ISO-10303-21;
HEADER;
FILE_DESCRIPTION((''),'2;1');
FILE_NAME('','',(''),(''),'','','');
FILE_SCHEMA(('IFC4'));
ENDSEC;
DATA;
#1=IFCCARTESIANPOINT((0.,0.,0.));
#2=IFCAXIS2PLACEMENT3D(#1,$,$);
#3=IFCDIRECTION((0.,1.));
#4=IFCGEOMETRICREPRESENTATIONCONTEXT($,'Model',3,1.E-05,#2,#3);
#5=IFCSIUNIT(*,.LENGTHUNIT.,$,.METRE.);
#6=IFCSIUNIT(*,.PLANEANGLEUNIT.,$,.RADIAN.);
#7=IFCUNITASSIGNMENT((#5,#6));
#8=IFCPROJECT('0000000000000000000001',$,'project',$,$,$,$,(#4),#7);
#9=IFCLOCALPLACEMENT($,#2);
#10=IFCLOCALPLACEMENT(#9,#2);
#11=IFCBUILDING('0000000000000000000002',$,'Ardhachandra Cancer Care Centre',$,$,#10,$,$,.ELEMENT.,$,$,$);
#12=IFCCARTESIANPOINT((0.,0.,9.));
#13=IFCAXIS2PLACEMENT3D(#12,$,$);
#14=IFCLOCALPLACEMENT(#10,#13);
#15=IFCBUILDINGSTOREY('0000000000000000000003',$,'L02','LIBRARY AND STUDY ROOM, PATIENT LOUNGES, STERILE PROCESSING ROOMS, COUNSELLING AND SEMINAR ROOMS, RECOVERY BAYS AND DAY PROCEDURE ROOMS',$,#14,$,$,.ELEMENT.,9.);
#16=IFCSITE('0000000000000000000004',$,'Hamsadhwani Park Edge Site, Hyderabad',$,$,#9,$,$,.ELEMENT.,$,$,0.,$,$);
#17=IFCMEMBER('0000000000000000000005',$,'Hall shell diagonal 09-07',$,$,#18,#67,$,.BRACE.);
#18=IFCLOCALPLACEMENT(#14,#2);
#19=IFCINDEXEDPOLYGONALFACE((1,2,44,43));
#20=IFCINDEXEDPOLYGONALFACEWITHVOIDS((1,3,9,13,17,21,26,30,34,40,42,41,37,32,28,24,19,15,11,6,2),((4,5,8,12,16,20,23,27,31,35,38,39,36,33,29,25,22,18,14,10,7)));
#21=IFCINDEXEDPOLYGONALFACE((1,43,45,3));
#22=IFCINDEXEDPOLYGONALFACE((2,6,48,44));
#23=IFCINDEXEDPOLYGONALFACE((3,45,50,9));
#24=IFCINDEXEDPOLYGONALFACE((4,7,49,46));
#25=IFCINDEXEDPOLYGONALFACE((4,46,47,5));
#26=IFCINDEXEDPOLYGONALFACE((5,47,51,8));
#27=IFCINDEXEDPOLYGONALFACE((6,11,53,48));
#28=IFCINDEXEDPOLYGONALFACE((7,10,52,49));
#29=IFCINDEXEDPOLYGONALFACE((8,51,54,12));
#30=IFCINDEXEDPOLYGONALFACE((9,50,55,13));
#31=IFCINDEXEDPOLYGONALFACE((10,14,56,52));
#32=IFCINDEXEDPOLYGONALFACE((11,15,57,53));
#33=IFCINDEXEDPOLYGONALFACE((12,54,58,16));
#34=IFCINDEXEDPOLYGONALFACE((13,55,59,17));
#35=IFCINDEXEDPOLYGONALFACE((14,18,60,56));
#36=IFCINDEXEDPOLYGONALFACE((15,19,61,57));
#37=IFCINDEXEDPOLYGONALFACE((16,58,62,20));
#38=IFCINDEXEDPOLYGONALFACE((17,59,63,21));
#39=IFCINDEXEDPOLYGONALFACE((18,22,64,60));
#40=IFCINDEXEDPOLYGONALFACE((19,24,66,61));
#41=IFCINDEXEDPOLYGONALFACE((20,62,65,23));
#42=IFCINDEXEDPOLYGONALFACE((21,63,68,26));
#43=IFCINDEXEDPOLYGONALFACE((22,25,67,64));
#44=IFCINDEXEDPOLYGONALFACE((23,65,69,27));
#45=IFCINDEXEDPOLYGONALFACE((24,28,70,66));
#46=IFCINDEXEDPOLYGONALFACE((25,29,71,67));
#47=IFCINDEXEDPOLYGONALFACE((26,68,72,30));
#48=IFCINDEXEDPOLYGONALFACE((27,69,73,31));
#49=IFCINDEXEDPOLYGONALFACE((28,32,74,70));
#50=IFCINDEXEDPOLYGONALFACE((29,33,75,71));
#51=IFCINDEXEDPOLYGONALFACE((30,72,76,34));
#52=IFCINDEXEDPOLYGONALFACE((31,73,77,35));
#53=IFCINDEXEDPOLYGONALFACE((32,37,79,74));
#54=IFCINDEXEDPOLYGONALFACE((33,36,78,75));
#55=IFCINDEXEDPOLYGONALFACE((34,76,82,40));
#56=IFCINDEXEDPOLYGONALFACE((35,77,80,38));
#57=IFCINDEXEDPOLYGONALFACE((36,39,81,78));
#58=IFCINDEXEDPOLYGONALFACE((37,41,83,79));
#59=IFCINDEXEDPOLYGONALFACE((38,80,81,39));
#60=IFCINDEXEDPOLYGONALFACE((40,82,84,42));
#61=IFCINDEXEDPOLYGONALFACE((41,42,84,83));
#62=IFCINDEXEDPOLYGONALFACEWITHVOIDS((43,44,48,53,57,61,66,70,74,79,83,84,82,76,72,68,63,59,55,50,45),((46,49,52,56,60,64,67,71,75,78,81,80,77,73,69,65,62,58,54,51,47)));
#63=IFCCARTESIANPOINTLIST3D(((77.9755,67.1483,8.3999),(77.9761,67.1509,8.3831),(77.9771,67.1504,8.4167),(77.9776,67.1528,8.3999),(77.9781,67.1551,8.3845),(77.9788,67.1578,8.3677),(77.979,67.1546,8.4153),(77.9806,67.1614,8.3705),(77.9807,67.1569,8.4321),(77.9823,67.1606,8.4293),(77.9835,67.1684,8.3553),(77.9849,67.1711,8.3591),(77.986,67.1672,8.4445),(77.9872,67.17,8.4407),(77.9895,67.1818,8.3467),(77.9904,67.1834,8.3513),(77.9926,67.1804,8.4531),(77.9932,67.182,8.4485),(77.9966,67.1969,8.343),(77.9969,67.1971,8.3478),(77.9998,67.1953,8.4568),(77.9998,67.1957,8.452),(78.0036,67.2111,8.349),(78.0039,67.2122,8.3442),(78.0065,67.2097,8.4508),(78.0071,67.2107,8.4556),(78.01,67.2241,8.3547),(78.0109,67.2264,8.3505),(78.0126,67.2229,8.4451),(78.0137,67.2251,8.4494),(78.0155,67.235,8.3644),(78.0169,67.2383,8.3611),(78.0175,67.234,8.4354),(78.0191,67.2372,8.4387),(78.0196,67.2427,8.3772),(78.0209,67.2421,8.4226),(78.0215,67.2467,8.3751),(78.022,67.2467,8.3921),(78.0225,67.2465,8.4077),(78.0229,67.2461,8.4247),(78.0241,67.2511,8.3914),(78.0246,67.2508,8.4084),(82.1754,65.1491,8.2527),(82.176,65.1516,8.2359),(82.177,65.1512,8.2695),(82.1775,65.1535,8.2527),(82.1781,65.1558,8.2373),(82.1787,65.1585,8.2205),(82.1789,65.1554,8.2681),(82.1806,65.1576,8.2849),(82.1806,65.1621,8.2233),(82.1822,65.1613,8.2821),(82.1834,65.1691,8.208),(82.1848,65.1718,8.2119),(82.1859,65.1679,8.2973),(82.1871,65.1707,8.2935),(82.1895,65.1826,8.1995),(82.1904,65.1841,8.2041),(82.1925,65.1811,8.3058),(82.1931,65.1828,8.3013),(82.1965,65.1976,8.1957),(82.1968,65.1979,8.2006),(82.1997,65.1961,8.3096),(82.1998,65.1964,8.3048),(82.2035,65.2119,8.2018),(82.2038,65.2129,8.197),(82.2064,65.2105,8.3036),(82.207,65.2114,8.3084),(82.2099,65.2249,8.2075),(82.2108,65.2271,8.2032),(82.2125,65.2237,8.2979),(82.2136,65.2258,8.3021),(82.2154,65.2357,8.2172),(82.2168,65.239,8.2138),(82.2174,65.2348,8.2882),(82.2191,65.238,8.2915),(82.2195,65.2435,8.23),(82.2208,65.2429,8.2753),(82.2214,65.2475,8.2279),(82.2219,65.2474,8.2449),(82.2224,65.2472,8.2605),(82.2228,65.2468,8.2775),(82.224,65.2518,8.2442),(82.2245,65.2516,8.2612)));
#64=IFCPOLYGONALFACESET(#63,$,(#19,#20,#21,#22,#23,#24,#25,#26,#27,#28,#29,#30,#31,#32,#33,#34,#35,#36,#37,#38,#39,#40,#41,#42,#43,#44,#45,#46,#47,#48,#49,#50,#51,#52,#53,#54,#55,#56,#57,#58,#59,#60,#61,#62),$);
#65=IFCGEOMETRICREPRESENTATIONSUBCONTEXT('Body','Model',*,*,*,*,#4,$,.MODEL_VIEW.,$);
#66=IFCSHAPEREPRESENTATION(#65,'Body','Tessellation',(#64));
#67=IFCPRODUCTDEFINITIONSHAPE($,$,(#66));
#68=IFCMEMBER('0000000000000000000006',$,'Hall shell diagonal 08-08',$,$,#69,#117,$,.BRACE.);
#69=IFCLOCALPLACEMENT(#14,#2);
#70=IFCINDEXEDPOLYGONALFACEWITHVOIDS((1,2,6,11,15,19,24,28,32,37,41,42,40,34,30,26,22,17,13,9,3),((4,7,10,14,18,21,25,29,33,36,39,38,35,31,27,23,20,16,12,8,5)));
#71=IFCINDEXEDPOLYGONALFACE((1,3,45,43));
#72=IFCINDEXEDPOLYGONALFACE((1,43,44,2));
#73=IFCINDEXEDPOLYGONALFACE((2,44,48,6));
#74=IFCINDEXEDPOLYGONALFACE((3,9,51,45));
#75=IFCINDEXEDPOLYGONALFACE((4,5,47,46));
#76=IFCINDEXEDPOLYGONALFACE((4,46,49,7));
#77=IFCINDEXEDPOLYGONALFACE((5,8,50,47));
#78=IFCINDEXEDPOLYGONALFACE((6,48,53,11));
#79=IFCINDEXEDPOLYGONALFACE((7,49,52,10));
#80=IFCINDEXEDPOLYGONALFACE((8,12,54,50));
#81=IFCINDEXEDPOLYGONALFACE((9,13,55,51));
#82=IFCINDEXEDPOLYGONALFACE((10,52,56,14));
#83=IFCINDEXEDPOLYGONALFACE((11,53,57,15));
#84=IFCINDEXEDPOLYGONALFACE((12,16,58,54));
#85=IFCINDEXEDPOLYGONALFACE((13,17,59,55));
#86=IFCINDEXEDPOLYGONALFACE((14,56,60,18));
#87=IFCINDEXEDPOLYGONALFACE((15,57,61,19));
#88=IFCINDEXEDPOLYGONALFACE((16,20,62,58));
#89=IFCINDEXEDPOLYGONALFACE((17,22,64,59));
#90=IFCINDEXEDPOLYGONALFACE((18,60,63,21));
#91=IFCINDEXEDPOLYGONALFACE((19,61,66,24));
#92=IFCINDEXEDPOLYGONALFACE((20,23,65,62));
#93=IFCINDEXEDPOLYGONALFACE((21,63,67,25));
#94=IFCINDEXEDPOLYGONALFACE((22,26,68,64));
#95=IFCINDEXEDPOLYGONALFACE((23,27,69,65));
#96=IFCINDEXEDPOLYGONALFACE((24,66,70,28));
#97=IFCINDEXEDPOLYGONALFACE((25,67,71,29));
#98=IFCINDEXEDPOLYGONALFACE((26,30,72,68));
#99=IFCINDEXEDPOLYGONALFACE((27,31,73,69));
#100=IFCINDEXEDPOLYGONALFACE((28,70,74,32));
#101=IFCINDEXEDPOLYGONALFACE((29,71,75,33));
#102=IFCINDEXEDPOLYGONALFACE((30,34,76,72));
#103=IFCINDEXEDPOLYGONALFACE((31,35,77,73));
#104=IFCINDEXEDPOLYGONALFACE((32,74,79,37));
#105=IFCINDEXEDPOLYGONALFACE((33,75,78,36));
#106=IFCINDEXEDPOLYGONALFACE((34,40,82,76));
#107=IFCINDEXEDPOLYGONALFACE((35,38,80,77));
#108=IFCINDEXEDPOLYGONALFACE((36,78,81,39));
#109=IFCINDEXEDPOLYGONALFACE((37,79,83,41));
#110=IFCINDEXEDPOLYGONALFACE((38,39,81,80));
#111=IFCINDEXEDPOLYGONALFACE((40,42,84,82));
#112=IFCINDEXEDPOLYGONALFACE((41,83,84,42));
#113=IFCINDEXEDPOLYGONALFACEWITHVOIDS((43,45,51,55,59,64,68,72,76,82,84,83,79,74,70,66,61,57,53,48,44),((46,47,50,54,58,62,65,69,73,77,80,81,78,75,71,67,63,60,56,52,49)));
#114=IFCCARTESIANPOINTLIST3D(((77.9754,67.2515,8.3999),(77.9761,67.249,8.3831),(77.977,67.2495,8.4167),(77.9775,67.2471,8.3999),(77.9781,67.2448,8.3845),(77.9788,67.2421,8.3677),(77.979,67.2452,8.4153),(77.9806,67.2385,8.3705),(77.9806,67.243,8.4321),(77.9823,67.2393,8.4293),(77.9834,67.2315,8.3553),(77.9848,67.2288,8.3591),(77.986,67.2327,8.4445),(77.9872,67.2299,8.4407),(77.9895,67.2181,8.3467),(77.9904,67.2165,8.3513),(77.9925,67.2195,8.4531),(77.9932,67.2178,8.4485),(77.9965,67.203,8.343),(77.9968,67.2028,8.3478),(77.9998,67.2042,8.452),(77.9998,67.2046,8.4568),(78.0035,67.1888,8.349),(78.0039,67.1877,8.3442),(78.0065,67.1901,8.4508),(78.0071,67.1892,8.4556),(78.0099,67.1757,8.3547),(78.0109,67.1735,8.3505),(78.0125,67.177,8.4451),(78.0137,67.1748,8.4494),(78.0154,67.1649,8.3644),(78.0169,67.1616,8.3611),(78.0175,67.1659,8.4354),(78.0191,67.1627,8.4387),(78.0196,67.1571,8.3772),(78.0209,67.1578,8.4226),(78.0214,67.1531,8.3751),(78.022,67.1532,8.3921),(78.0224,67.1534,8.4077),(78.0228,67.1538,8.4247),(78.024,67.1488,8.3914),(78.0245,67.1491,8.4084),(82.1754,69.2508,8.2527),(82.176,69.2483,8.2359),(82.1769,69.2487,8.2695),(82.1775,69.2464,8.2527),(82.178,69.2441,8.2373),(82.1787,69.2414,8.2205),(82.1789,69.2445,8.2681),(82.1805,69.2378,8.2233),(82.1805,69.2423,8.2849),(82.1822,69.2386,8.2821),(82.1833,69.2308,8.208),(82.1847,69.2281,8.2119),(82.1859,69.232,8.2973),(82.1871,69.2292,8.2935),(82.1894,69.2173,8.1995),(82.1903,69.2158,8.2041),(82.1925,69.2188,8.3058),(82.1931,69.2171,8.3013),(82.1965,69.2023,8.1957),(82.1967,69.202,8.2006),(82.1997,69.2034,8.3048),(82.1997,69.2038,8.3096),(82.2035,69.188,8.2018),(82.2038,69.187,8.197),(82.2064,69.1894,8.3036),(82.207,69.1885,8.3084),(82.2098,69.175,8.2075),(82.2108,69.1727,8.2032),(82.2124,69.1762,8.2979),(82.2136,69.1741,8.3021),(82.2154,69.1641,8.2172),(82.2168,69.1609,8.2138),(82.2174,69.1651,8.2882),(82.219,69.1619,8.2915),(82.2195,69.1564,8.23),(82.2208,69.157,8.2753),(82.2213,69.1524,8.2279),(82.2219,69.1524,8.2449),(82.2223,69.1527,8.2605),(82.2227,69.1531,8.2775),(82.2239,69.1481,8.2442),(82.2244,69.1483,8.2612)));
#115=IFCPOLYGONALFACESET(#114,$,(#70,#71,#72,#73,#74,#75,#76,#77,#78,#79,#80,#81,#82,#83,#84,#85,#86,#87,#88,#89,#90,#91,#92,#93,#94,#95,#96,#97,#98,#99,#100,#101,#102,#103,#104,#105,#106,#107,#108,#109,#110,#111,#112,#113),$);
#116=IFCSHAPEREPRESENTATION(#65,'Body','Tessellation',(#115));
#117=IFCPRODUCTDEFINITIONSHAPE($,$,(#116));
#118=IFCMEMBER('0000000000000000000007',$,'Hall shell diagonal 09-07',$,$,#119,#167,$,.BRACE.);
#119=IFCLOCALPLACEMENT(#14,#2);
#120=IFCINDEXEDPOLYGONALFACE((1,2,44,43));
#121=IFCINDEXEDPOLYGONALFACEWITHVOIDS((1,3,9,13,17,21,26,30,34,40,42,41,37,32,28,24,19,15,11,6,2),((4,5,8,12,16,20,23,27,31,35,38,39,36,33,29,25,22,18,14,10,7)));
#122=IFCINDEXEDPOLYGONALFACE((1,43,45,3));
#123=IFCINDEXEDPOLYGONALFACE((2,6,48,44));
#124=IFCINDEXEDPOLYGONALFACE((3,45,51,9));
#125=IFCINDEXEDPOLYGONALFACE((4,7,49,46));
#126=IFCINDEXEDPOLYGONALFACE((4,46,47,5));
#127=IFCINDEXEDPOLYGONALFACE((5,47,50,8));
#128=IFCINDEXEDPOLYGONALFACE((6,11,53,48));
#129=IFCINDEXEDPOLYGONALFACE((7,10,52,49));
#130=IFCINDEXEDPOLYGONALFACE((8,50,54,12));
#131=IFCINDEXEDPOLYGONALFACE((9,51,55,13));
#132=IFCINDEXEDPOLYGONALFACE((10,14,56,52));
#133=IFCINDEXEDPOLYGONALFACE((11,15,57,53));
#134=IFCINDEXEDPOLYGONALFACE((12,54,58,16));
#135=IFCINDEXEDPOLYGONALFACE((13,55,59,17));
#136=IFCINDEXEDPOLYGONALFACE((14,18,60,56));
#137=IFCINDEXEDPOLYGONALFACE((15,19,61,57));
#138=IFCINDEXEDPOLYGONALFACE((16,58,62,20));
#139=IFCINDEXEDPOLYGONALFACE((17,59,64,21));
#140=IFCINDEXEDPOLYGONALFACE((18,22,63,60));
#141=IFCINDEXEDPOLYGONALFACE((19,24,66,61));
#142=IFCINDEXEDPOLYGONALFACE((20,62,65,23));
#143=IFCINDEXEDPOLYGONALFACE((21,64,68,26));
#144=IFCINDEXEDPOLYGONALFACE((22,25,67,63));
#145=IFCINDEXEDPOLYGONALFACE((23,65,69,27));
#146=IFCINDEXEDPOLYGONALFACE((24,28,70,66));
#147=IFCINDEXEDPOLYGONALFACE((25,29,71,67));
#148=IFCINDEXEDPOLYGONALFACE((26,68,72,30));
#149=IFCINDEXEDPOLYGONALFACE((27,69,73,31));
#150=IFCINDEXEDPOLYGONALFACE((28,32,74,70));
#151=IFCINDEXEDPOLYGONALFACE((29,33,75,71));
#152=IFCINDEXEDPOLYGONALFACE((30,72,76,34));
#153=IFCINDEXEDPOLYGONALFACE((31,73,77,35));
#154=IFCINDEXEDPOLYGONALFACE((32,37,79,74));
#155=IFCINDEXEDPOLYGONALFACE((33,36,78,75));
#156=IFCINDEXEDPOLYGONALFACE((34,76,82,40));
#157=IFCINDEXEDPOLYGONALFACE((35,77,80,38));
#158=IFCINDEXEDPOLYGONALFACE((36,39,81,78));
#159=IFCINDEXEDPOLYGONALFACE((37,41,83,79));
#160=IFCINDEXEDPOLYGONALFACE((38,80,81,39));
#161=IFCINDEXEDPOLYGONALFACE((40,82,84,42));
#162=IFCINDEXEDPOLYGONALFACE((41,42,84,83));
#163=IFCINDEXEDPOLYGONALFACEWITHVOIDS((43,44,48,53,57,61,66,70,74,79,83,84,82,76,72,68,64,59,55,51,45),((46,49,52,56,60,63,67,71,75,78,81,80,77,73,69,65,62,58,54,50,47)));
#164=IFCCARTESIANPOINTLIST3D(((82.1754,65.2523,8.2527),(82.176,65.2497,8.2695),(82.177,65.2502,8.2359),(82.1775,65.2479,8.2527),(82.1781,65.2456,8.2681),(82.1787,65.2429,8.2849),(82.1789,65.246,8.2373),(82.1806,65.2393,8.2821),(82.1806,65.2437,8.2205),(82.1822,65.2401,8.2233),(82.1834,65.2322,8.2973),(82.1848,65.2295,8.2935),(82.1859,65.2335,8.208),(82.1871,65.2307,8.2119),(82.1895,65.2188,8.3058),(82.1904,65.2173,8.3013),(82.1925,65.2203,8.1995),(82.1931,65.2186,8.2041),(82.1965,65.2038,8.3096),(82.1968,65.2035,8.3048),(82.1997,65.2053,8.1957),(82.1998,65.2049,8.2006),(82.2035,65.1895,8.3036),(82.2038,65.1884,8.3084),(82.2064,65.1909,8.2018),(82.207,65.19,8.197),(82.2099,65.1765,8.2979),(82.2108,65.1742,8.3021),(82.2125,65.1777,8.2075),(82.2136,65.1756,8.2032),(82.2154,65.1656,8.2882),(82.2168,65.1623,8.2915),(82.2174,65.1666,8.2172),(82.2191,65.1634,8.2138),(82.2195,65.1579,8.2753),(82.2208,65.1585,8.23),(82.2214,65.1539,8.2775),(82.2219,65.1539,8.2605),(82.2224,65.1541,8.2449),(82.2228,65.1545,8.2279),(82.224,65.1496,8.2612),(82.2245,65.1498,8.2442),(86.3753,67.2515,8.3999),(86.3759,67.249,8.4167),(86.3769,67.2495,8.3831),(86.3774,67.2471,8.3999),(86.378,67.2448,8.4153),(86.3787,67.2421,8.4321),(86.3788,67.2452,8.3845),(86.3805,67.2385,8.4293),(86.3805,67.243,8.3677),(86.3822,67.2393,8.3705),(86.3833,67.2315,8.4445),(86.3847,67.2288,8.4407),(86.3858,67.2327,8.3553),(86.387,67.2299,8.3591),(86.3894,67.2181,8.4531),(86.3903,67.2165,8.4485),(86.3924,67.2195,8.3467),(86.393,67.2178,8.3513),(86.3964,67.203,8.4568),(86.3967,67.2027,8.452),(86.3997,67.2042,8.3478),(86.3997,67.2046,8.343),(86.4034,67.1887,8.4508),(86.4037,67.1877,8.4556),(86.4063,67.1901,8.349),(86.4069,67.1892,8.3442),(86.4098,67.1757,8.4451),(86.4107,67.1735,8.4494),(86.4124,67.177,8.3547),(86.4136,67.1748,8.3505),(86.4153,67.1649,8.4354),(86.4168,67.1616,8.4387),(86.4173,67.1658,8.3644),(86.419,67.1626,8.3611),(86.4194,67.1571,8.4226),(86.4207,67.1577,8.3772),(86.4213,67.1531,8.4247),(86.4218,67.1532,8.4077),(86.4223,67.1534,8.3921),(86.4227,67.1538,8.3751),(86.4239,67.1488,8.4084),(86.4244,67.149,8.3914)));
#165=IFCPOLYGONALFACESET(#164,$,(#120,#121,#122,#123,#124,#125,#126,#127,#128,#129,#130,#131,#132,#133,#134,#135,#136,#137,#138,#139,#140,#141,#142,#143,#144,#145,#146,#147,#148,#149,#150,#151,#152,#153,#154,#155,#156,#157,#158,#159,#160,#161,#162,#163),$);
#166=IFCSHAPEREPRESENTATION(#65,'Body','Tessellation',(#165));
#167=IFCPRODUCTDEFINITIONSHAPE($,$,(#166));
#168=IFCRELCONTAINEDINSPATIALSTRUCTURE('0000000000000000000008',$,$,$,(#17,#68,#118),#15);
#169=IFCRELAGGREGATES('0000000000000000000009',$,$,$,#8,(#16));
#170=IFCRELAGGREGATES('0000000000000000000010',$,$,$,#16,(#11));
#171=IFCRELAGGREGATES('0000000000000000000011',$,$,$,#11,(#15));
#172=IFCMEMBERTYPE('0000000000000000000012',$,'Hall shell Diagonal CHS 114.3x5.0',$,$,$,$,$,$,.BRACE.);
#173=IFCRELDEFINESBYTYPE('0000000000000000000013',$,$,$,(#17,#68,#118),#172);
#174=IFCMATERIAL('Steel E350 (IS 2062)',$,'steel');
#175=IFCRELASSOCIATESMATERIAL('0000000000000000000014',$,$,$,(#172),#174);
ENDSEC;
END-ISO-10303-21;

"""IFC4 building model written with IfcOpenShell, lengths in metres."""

from ifc_helpers import new_model, si_unit, direction, frame, origin, origin_2d, place, context, subcontext, project, spatial, hollow_circle, extrude, material, material_profile, profile_set, type_object, element, save


model = new_model("IFC4")

# Units and contexts
model_context = context("Model", 3, precision=1e-05, world=origin(), true_north=direction((0.0, 1.0)))
body_context = subcontext(model_context, "Body", "Model", "MODEL_VIEW")
ifc_project = project(units=[si_unit("LENGTHUNIT", "METRE"), si_unit("PLANEANGLEUNIT", "RADIAN")], contexts=[model_context])

# Site, building, storey
site_placement = place(None, origin())
site = spatial("IfcSite", under=ifc_project, at=site_placement, Name="Hamsadhwani Park Edge Site, Hyderabad", CompositionType="ELEMENT", RefElevation=0.0)
building_placement = place(site_placement, origin())
building = spatial("IfcBuilding", under=site, at=building_placement, Name="Ardhachandra Cancer Care Centre", CompositionType="ELEMENT")
storey_placement = place(building_placement, frame((0.0, 0.0, 9.0)))
storey = spatial("IfcBuildingStorey", under=building, at=storey_placement, Name="L02", Description="LIBRARY AND STUDY ROOM, PATIENT LOUNGES, STERILE PROCESSING ROOMS, COUNSELLING AND SEMINAR ROOMS, RECOVERY BAYS AND DAY PROCEDURE ROOMS", CompositionType="ELEMENT", Elevation=9.0)

# Members
ifc_material_1 = material(Name="Steel E350 (IS 2062)", Category="steel")
ifc_material_profile_1 = material_profile(ifc_material_1, hollow_circle(Radius=0.0571, WallThickness=0.0049, at=origin_2d()), Name="CHS 114.3x5.0")
ifc_profile_set_1 = profile_set([ifc_material_profile_1], Name="Steel E350 (IS 2062)")
member_type_1 = type_object("IfcMemberType", Name="Hall shell Diagonal CHS 114.3x5.0", PredefinedType="BRACE", material=ifc_profile_set_1)
for number, where, z_axis, x_axis, name in (
    (1, (82.2, 65.2007, 8.2527), (-0.902468, 0.429594, 0.031633), (-0.429809, -0.90292, 0.0), "Hall shell diagonal 09-07"),
    (2, (78.0, 67.2, 8.3999), (0.902468, 0.429594, -0.031633), (-0.429809, 0.90292, 0.0), "Hall shell diagonal 08-08"),
    (3, (82.2, 65.2007, 8.2527), (0.902468, 0.429594, 0.031633), (-0.429809, 0.90292, 0.0), "Hall shell diagonal 09-07"),
):
    element("IfcMember", number, at=place(storey_placement, frame(where, z_axis=z_axis, x_axis=x_axis)), inside=storey, type_object=member_type_1, Name=name, PredefinedType="BRACE", context=body_context, shape_type="SweptSolid", body=[
        extrude(hollow_circle(Radius=0.0571, WallThickness=0.0049, at=origin_2d()), origin(), (0.0, 0.0, 1.0), 4.6538),
    ])

save(model, "model.ifc")
